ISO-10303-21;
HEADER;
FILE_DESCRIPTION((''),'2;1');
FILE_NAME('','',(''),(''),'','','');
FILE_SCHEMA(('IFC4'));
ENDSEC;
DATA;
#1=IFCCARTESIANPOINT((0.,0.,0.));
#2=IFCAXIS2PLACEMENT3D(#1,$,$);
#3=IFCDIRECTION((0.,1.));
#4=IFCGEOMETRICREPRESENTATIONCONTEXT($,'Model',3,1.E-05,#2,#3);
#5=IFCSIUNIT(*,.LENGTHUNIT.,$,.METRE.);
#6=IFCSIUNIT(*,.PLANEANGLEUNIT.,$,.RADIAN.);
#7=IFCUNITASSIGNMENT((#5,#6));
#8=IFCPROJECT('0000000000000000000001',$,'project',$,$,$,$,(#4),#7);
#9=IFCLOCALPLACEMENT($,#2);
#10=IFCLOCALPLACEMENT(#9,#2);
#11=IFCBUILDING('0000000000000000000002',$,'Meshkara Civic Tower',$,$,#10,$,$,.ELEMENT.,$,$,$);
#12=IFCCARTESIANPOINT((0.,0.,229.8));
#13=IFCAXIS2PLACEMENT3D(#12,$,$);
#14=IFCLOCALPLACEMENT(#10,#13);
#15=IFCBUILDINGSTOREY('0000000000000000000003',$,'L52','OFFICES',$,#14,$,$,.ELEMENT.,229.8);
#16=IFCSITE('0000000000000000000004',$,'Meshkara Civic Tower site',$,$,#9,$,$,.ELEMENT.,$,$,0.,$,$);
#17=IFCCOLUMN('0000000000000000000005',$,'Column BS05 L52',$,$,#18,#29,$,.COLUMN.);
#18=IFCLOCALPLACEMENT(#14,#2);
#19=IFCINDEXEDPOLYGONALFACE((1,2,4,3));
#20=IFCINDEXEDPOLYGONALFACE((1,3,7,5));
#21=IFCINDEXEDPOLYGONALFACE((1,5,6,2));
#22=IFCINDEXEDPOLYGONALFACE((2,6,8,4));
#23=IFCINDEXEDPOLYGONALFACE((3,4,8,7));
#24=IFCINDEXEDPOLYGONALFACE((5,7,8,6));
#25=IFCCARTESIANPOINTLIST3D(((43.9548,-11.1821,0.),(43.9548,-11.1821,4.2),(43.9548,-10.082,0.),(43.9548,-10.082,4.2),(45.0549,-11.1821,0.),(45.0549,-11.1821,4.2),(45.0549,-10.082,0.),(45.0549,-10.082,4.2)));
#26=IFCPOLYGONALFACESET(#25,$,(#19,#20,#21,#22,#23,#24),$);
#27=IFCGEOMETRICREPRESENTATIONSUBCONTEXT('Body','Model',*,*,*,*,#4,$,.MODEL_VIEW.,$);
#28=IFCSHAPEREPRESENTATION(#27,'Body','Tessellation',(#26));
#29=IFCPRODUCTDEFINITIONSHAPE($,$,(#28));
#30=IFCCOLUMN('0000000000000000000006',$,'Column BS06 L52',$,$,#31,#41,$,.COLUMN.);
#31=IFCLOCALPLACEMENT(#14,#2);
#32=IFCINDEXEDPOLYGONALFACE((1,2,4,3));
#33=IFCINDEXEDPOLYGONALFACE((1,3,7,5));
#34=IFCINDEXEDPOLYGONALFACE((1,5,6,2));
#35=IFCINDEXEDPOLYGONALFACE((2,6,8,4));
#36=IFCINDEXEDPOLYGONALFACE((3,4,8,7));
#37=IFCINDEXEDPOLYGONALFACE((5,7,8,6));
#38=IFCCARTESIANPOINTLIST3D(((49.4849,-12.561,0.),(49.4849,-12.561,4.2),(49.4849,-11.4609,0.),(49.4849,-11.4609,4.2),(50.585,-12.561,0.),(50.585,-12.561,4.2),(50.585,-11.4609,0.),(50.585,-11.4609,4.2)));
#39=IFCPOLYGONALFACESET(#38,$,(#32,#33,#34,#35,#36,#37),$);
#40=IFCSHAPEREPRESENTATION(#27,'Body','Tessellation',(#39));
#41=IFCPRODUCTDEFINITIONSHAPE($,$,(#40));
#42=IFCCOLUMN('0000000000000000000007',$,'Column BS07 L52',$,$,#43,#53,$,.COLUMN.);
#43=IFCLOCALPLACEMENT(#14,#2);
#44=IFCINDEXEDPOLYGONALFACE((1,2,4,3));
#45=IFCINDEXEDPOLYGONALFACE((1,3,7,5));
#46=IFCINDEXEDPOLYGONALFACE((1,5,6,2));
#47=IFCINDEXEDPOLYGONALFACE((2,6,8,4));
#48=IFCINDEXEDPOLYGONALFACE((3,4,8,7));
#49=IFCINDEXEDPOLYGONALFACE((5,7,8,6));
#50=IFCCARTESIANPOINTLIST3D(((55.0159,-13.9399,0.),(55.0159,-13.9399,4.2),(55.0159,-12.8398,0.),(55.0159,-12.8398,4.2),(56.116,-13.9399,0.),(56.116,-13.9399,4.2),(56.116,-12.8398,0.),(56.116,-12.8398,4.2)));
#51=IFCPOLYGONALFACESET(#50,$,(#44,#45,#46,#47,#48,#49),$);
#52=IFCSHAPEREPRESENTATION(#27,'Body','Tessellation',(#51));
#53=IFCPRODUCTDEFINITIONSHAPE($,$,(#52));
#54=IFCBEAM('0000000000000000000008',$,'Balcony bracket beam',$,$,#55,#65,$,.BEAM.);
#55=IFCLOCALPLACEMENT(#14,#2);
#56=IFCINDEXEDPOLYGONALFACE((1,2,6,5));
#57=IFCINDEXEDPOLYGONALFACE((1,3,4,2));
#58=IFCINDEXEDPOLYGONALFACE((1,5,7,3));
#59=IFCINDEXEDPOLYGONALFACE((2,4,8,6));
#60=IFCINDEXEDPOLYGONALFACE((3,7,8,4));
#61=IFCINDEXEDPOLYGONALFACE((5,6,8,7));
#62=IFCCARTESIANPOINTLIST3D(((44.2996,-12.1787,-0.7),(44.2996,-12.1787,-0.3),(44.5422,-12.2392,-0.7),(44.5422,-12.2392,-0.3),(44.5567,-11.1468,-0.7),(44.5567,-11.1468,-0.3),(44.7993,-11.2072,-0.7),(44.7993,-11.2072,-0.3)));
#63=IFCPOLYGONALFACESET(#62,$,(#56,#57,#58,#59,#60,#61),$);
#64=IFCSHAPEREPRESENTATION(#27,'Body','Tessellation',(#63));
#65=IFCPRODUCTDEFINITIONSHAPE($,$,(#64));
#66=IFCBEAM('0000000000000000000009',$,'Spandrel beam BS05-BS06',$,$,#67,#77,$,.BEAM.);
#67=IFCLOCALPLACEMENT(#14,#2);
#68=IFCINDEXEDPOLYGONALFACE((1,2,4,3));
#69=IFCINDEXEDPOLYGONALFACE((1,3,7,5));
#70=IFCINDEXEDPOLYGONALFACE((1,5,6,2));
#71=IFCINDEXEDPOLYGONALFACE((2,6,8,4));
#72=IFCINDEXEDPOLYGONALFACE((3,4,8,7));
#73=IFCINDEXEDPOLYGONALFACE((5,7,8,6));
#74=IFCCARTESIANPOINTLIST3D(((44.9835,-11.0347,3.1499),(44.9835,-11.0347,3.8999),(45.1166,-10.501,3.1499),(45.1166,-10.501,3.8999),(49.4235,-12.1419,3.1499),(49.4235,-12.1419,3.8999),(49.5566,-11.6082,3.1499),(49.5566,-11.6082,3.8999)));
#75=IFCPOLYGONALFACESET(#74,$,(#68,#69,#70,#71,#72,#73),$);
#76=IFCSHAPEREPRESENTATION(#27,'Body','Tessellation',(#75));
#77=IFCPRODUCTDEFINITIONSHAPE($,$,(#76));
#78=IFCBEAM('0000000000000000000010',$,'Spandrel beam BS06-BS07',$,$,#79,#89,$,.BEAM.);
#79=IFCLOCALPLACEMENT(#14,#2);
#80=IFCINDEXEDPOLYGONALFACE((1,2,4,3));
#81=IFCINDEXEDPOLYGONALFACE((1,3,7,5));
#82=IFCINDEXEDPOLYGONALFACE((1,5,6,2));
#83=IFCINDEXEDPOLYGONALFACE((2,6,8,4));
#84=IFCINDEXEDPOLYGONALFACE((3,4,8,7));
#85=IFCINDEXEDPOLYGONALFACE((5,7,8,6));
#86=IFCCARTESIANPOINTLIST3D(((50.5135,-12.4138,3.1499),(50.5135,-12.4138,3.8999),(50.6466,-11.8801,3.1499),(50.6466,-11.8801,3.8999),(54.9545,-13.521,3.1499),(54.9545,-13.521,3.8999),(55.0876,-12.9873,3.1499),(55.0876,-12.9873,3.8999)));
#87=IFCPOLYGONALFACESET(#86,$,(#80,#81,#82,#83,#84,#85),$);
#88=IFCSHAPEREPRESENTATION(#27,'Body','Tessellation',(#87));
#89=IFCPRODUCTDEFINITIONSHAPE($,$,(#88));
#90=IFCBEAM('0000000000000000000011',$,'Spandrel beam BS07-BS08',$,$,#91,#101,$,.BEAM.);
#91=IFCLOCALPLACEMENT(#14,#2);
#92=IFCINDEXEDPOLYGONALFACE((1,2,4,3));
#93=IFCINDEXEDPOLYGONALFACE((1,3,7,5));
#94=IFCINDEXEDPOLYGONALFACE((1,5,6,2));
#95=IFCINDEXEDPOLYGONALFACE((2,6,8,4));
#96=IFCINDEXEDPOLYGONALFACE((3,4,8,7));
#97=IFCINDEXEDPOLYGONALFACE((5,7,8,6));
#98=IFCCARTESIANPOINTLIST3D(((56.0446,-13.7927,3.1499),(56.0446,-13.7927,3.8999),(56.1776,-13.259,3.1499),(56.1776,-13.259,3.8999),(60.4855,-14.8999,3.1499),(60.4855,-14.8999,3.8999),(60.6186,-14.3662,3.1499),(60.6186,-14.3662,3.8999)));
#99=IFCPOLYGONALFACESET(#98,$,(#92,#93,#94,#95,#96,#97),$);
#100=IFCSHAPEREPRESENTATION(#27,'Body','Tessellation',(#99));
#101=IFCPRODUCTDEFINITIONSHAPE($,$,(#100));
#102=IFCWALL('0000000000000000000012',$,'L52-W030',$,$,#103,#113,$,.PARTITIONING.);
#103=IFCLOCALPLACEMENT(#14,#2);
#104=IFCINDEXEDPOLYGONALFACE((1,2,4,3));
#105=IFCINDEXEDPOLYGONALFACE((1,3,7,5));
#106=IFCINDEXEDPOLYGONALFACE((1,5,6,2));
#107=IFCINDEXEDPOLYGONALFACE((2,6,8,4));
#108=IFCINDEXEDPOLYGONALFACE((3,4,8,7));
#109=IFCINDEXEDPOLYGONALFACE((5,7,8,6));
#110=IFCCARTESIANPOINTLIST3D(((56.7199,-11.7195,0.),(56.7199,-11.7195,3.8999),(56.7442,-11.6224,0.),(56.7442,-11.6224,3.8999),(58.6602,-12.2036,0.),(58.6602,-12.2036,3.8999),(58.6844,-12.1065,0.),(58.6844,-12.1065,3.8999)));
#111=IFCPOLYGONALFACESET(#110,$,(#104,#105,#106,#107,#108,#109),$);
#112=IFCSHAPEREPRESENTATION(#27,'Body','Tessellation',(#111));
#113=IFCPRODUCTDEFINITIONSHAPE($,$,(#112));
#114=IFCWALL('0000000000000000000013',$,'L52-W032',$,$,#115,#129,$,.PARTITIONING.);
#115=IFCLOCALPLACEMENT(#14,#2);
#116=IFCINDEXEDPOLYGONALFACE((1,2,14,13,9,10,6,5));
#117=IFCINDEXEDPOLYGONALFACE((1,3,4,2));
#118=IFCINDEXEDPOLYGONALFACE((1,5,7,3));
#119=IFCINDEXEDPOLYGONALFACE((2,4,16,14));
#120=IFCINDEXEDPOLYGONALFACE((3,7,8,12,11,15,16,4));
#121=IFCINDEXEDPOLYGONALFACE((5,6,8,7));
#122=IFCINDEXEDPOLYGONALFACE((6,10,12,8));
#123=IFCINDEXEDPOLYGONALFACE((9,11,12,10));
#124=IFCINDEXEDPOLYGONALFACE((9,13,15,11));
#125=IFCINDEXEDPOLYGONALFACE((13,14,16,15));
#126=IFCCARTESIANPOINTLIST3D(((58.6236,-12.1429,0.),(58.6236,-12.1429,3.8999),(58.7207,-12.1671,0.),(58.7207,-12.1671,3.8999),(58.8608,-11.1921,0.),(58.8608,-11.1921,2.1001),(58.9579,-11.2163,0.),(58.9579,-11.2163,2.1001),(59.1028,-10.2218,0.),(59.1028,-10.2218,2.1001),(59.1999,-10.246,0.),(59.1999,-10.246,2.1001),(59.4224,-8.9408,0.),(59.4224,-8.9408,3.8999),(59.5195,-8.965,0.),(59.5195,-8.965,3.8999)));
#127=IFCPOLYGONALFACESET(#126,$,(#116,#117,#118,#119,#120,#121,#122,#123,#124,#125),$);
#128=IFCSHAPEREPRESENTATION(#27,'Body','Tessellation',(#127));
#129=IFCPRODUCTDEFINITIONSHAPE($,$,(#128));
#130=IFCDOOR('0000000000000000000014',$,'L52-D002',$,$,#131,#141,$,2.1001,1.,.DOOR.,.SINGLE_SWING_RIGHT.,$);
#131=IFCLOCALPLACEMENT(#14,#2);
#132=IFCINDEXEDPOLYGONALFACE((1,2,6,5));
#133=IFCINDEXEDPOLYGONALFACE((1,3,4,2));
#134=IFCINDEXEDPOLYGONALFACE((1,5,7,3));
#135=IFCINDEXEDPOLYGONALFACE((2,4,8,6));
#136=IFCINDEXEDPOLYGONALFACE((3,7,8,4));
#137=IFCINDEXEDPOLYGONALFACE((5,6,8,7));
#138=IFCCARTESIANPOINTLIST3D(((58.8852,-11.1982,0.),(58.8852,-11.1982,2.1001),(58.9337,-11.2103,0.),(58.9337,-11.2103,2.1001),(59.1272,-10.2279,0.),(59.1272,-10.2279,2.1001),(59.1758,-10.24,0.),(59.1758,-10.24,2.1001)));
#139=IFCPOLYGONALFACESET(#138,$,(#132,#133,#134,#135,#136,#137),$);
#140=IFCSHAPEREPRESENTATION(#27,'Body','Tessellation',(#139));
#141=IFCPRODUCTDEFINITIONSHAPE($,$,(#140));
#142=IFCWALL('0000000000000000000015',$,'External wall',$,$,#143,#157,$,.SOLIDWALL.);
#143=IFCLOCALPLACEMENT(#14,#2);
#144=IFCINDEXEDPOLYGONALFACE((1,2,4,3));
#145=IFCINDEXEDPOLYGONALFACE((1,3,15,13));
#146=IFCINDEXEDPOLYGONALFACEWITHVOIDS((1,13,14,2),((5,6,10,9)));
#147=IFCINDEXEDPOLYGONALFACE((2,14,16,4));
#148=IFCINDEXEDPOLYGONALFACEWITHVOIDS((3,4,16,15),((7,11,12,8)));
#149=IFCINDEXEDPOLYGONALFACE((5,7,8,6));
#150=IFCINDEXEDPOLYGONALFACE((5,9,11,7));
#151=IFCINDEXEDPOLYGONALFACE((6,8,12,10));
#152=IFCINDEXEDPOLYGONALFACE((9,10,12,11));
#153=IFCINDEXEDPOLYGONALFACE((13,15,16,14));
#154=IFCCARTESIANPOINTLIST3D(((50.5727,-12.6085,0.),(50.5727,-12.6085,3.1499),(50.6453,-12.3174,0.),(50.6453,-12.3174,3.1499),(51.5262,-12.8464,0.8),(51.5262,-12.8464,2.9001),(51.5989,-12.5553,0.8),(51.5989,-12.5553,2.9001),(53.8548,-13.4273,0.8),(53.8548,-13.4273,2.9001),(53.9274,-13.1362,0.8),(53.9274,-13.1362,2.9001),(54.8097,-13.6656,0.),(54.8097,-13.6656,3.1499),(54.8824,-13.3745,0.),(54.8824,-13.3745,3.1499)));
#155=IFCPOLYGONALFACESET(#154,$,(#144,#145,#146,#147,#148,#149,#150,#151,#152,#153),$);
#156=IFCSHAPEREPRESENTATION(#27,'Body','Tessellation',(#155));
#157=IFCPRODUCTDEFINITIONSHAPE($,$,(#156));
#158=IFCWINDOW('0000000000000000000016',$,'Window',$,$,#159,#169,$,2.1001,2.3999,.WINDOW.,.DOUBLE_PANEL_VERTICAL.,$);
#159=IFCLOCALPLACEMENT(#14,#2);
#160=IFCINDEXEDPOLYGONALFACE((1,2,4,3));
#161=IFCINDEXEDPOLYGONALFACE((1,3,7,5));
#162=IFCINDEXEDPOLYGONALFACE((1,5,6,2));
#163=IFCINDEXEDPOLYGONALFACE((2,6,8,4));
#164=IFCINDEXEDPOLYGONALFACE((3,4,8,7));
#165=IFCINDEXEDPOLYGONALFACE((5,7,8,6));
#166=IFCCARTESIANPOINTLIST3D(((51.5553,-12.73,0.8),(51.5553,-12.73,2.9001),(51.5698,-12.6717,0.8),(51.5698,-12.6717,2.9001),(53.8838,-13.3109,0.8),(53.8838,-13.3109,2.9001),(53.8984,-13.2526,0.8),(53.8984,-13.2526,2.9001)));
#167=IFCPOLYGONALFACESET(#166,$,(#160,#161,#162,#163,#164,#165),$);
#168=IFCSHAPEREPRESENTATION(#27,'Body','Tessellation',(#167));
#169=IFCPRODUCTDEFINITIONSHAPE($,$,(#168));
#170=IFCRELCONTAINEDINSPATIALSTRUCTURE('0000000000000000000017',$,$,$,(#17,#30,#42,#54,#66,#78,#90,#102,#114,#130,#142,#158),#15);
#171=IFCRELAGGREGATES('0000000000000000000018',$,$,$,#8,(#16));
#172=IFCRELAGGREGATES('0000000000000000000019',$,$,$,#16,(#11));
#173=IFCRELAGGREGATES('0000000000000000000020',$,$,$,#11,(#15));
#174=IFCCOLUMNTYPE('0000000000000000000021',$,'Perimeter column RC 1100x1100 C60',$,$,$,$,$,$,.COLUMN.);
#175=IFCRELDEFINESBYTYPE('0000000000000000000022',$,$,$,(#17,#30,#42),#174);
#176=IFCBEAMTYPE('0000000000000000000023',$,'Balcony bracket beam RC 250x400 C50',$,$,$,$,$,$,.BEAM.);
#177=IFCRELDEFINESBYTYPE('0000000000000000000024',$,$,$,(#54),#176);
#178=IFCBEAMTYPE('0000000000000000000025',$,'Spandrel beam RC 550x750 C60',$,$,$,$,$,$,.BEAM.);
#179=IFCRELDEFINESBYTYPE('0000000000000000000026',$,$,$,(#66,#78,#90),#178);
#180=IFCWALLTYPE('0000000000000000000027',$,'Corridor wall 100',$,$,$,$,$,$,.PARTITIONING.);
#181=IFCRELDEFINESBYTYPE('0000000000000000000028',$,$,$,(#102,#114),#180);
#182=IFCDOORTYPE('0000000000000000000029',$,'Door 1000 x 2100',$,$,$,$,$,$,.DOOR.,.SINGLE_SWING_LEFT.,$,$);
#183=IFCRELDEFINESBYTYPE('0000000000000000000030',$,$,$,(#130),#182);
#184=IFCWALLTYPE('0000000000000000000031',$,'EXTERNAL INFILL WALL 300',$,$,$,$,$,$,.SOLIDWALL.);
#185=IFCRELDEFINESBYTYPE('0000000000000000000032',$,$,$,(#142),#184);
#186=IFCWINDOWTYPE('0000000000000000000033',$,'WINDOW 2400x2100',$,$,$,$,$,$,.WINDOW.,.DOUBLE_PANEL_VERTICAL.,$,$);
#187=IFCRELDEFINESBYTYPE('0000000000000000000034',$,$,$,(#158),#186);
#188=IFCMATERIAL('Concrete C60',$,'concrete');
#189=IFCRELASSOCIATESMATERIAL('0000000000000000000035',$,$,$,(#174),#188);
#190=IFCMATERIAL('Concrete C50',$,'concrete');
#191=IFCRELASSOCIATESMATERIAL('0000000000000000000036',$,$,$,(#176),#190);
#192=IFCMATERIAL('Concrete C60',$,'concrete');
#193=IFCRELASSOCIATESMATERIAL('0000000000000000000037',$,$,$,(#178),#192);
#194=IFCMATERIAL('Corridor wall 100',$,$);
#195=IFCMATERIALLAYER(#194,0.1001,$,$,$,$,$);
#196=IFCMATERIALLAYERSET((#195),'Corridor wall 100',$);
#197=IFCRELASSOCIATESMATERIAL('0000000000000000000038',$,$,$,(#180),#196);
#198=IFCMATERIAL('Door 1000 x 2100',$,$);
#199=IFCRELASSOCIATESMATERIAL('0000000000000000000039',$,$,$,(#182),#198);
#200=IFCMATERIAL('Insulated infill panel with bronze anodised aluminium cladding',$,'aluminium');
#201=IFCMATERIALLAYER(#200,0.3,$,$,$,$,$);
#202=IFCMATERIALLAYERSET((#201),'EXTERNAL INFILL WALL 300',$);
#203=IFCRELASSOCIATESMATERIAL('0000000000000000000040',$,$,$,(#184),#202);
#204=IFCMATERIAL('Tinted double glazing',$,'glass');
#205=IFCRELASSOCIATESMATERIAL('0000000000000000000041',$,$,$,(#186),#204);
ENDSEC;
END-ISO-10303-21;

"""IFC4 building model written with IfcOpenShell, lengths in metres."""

from ifc_helpers import new_model, si_unit, direction, frame, frame_2d, origin, origin_2d, place, context, subcontext, project, spatial, rectangle, extrude, material, layer, layer_set, material_profile, profile_set, type_object, element, fill, save


model = new_model("IFC4")

# Units and contexts
model_context = context("Model", 3, precision=1e-05, world=origin(), true_north=direction((0.0, 1.0)))
body_context = subcontext(model_context, "Body", "Model", "MODEL_VIEW")
ifc_project = project(units=[si_unit("LENGTHUNIT", "METRE"), si_unit("PLANEANGLEUNIT", "RADIAN")], contexts=[model_context])

# Site, building, storey
site_placement = place(None, origin())
site = spatial("IfcSite", under=ifc_project, at=site_placement, Name="Meshkara Civic Tower site", CompositionType="ELEMENT", RefElevation=0.0)
building_placement = place(site_placement, origin())
building = spatial("IfcBuilding", under=site, at=building_placement, Name="Meshkara Civic Tower", CompositionType="ELEMENT")
storey_placement = place(building_placement, frame((0.0, 0.0, 229.8)))
storey = spatial("IfcBuildingStorey", under=building, at=storey_placement, Name="L52", Description="OFFICES", CompositionType="ELEMENT", Elevation=229.8)

# Columns
ifc_material_1 = material(Name="Concrete C60", Category="concrete")
ifc_material_profile_1 = material_profile(ifc_material_1, rectangle(XDim=1.1001, YDim=1.1001, at=origin_2d()))
ifc_profile_set_1 = profile_set([ifc_material_profile_1], Name="Concrete C60")
column_type = type_object("IfcColumnType", Name="Perimeter column RC 1100x1100 C60", PredefinedType="COLUMN", material=ifc_profile_set_1)
for number, where, z_axis, x_axis, name in (
    (1, (44.5049, -10.6321, 0.0), (0.0, 0.0, 1.0), (1.0, 0.0, 0.0), "Column BS05 L52"),
    (2, (50.0349, -12.011, 0.0), (0.0, 0.0, 1.0), (1.0, 0.0, 0.0), "Column BS06 L52"),
    (3, (55.5659, -13.3899, 0.0), (0.0, 0.0, 1.0), (1.0, 0.0, 0.0), "Column BS07 L52"),
):
    element("IfcColumn", number, at=place(storey_placement, frame(where, z_axis=z_axis, x_axis=x_axis)), inside=storey, type_object=column_type, Name=name, PredefinedType="COLUMN", context=body_context, shape_type="SweptSolid", body=[
        extrude(rectangle(XDim=1.1001, YDim=1.1001, at=origin_2d()), origin(), (0.0, 0.0, 1.0), 4.2),
    ])

# Beams
ifc_material_2 = material(Name="Concrete C50", Category="concrete")
ifc_material_profile_2 = material_profile(ifc_material_2, rectangle(XDim=0.25, YDim=0.3999, at=origin_2d()))
ifc_profile_set_2 = profile_set([ifc_material_profile_2], Name="Concrete C50")
beam_type_1 = type_object("IfcBeamType", Name="Balcony bracket beam RC 250x400 C50", PredefinedType="BEAM", material=ifc_profile_set_2)
beam_1_placement = place(storey_placement, frame((44.678, -11.177, -0.5), z_axis=(-0.241725, -0.970345, 0.0), x_axis=(0.970345, -0.241725, 0.0)))
element("IfcBeam", 4, at=beam_1_placement, inside=storey, type_object=beam_type_1, Name="Balcony bracket beam", PredefinedType="BEAM", context=body_context, shape_type="SweptSolid", body=[
    extrude(rectangle(XDim=0.25, YDim=0.3999, at=origin_2d()), origin(), (0.0, 0.0, 1.0), 1.0635),
])
ifc_material_3 = material(Name="Concrete C60", Category="concrete")
ifc_material_profile_3 = material_profile(ifc_material_3, rectangle(XDim=0.55, YDim=0.75, at=origin_2d()))
ifc_profile_set_3 = profile_set([ifc_material_profile_3], Name="Concrete C60")
beam_type_2 = type_object("IfcBeamType", Name="Spandrel beam RC 550x750 C60", PredefinedType="BEAM", material=ifc_profile_set_3)
beam_2_placement = place(storey_placement, frame((45.05, -10.7678, 3.5249), z_axis=(0.970287, -0.241958, 0.0), x_axis=(0.241958, 0.970287, 0.0)))
element("IfcBeam", 5, at=beam_2_placement, inside=storey, type_object=beam_type_2, Name="Spandrel beam BS05-BS06", PredefinedType="BEAM", context=body_context, shape_type="SweptSolid", body=[
    extrude(rectangle(XDim=0.55, YDim=0.75, at=origin_2d()), origin(), (0.0, 0.0, 1.0), 4.5759),
])
for number, where, z_axis, x_axis, name in (
    (6, (50.5801, -12.147, 3.5249), (0.970299, -0.241908, 0.0), (0.241908, 0.970299, 0.0), "Spandrel beam BS06-BS07"),
    (7, (56.1111, -13.5259, 3.5249), (0.970299, -0.241908, 0.0), (0.241908, 0.970299, 0.0), "Spandrel beam BS07-BS08"),
):
    element("IfcBeam", number, at=place(storey_placement, frame(where, z_axis=z_axis, x_axis=x_axis)), inside=storey, type_object=beam_type_2, Name=name, PredefinedType="BEAM", context=body_context, shape_type="SweptSolid", body=[
        extrude(rectangle(XDim=0.55, YDim=0.75, at=origin_2d()), origin(), (0.0, 0.0, 1.0), 4.5769),
    ])

# Wall
ifc_material_4 = material(Name="Corridor wall 100")
ifc_layer_1 = layer(ifc_material_4, 0.1001)
ifc_layer_set_1 = layer_set([ifc_layer_1], Name="Corridor wall 100")
wall_type_1 = type_object("IfcWallType", Name="Corridor wall 100", PredefinedType="PARTITIONING", material=ifc_layer_set_1)
wall_1_placement = place(storey_placement, frame((56.7319, -11.6709, 0.0), z_axis=(0.0, 0.0, 1.0), x_axis=(0.97025, -0.242105, 0.0)))
element("IfcWall", 8, at=wall_1_placement, inside=storey, type_object=wall_type_1, Name="L52-W030", PredefinedType="PARTITIONING", context=body_context, shape_type="SweptSolid", body=[
    extrude(rectangle(XDim=1.9998, YDim=0.1001, at=frame_2d((1.0, 0.0))), origin(), (0.0, 0.0, 1.0), 3.8999),
])

# Wall, opening, door
wall_2_placement = place(storey_placement, frame((58.6721, -12.155, 0.0), z_axis=(0.0, 0.0, 1.0), x_axis=(0.242048, 0.970264, 0.0)))
wall_2 = element("IfcWall", 9, at=wall_2_placement, inside=storey, type_object=wall_type_1, Name="L52-W032", PredefinedType="PARTITIONING", context=body_context, shape_type="SweptSolid", body=[
    extrude(rectangle(XDim=3.3003, YDim=0.1001, at=frame_2d((1.6501, 0.0))), origin(), (0.0, 0.0, 1.0), 3.8999),
])
opening_1_placement = place(wall_2_placement, frame((0.98, 0.0, 0.0)))
opening_1 = element("IfcOpeningElement", 10, at=opening_1_placement, cuts=wall_2, PredefinedType="OPENING", context=body_context, shape_type="SweptSolid", body=[
    extrude(rectangle(XDim=1.0, YDim=2.1001, at=frame_2d((0.5, 1.05))), frame((0.0, 0.0601, 0.0), z_axis=(0.0, -1.0, 0.0), x_axis=(1.0, 0.0, 0.0)), (0.0, 0.0, 1.0), 0.1201),
])
ifc_material_5 = material(Name="Door 1000 x 2100")
door_type_1 = type_object("IfcDoorType", Name="Door 1000 x 2100", OperationType="SINGLE_SWING_LEFT", PredefinedType="DOOR", material=ifc_material_5)
door_1_placement = place(opening_1_placement, origin())
door_1 = element("IfcDoor", 11, at=door_1_placement, inside=storey, type_object=door_type_1, Name="L52-D002", OperationType="SINGLE_SWING_RIGHT", OverallHeight=2.1001, OverallWidth=1.0, PredefinedType="DOOR", context=body_context, shape_type="SweptSolid", body=[
    extrude(rectangle(XDim=1.0, YDim=2.1001, at=frame_2d((0.5, 1.05))), frame((0.0, 0.0249, 0.0), z_axis=(0.0, -1.0, 0.0), x_axis=(1.0, 0.0, 0.0)), (0.0, 0.0, 1.0), 0.05),
])
fill(opening_1, door_1)

# Wall, opening, window
ifc_material_6 = material(Name="Insulated infill panel with bronze anodised aluminium cladding", Category="aluminium")
ifc_layer_2 = layer(ifc_material_6, 0.3)
ifc_layer_set_2 = layer_set([ifc_layer_2], Name="EXTERNAL INFILL WALL 300")
wall_type_2 = type_object("IfcWallType", Name="EXTERNAL INFILL WALL 300", PredefinedType="SOLIDWALL", material=ifc_layer_set_2)
wall_3_placement = place(storey_placement, frame((50.6089, -12.4629, 0.0), z_axis=(0.0, 0.0, 1.0), x_axis=(0.970257, -0.242075, 0.0)))
wall_3 = element("IfcWall", 12, at=wall_3_placement, inside=storey, type_object=wall_type_2, Name="External wall", PredefinedType="SOLIDWALL", context=body_context, shape_type="SweptSolid", body=[
    extrude(rectangle(XDim=4.3669, YDim=0.3, at=frame_2d((2.1836, 0.0))), origin(), (0.0, 0.0, 1.0), 3.1499),
])
opening_2_placement = place(wall_3_placement, frame((0.9829, 0.0, 0.8)))
opening_2 = element("IfcOpeningElement", 13, at=opening_2_placement, cuts=wall_3, PredefinedType="OPENING", context=body_context, shape_type="SweptSolid", body=[
    extrude(rectangle(XDim=2.3999, YDim=2.1001, at=frame_2d((1.2, 1.05))), frame((0.0, 0.1599, 0.0), z_axis=(0.0, -1.0, 0.0), x_axis=(1.0, 0.0, 0.0)), (0.0, 0.0, 1.0), 0.3201),
])
ifc_material_7 = material(Name="Tinted double glazing", Category="glass")
window_type = type_object("IfcWindowType", Name="WINDOW 2400x2100", PartitioningType="DOUBLE_PANEL_VERTICAL", PredefinedType="WINDOW", material=ifc_material_7)
window_1_placement = place(opening_2_placement, origin())
window_1 = element("IfcWindow", 14, at=window_1_placement, inside=storey, type_object=window_type, Name="Window", OverallHeight=2.1001, OverallWidth=2.3999, PartitioningType="DOUBLE_PANEL_VERTICAL", PredefinedType="WINDOW", context=body_context, shape_type="SweptSolid", body=[
    extrude(rectangle(XDim=2.3999, YDim=2.1001, at=frame_2d((1.2, 1.05))), frame((0.0, 0.03, 0.0), z_axis=(0.0, -1.0, 0.0), x_axis=(1.0, 0.0, 0.0)), (0.0, 0.0, 1.0), 0.0601),
])
fill(opening_2, window_1)

save(model, "model.ifc")
